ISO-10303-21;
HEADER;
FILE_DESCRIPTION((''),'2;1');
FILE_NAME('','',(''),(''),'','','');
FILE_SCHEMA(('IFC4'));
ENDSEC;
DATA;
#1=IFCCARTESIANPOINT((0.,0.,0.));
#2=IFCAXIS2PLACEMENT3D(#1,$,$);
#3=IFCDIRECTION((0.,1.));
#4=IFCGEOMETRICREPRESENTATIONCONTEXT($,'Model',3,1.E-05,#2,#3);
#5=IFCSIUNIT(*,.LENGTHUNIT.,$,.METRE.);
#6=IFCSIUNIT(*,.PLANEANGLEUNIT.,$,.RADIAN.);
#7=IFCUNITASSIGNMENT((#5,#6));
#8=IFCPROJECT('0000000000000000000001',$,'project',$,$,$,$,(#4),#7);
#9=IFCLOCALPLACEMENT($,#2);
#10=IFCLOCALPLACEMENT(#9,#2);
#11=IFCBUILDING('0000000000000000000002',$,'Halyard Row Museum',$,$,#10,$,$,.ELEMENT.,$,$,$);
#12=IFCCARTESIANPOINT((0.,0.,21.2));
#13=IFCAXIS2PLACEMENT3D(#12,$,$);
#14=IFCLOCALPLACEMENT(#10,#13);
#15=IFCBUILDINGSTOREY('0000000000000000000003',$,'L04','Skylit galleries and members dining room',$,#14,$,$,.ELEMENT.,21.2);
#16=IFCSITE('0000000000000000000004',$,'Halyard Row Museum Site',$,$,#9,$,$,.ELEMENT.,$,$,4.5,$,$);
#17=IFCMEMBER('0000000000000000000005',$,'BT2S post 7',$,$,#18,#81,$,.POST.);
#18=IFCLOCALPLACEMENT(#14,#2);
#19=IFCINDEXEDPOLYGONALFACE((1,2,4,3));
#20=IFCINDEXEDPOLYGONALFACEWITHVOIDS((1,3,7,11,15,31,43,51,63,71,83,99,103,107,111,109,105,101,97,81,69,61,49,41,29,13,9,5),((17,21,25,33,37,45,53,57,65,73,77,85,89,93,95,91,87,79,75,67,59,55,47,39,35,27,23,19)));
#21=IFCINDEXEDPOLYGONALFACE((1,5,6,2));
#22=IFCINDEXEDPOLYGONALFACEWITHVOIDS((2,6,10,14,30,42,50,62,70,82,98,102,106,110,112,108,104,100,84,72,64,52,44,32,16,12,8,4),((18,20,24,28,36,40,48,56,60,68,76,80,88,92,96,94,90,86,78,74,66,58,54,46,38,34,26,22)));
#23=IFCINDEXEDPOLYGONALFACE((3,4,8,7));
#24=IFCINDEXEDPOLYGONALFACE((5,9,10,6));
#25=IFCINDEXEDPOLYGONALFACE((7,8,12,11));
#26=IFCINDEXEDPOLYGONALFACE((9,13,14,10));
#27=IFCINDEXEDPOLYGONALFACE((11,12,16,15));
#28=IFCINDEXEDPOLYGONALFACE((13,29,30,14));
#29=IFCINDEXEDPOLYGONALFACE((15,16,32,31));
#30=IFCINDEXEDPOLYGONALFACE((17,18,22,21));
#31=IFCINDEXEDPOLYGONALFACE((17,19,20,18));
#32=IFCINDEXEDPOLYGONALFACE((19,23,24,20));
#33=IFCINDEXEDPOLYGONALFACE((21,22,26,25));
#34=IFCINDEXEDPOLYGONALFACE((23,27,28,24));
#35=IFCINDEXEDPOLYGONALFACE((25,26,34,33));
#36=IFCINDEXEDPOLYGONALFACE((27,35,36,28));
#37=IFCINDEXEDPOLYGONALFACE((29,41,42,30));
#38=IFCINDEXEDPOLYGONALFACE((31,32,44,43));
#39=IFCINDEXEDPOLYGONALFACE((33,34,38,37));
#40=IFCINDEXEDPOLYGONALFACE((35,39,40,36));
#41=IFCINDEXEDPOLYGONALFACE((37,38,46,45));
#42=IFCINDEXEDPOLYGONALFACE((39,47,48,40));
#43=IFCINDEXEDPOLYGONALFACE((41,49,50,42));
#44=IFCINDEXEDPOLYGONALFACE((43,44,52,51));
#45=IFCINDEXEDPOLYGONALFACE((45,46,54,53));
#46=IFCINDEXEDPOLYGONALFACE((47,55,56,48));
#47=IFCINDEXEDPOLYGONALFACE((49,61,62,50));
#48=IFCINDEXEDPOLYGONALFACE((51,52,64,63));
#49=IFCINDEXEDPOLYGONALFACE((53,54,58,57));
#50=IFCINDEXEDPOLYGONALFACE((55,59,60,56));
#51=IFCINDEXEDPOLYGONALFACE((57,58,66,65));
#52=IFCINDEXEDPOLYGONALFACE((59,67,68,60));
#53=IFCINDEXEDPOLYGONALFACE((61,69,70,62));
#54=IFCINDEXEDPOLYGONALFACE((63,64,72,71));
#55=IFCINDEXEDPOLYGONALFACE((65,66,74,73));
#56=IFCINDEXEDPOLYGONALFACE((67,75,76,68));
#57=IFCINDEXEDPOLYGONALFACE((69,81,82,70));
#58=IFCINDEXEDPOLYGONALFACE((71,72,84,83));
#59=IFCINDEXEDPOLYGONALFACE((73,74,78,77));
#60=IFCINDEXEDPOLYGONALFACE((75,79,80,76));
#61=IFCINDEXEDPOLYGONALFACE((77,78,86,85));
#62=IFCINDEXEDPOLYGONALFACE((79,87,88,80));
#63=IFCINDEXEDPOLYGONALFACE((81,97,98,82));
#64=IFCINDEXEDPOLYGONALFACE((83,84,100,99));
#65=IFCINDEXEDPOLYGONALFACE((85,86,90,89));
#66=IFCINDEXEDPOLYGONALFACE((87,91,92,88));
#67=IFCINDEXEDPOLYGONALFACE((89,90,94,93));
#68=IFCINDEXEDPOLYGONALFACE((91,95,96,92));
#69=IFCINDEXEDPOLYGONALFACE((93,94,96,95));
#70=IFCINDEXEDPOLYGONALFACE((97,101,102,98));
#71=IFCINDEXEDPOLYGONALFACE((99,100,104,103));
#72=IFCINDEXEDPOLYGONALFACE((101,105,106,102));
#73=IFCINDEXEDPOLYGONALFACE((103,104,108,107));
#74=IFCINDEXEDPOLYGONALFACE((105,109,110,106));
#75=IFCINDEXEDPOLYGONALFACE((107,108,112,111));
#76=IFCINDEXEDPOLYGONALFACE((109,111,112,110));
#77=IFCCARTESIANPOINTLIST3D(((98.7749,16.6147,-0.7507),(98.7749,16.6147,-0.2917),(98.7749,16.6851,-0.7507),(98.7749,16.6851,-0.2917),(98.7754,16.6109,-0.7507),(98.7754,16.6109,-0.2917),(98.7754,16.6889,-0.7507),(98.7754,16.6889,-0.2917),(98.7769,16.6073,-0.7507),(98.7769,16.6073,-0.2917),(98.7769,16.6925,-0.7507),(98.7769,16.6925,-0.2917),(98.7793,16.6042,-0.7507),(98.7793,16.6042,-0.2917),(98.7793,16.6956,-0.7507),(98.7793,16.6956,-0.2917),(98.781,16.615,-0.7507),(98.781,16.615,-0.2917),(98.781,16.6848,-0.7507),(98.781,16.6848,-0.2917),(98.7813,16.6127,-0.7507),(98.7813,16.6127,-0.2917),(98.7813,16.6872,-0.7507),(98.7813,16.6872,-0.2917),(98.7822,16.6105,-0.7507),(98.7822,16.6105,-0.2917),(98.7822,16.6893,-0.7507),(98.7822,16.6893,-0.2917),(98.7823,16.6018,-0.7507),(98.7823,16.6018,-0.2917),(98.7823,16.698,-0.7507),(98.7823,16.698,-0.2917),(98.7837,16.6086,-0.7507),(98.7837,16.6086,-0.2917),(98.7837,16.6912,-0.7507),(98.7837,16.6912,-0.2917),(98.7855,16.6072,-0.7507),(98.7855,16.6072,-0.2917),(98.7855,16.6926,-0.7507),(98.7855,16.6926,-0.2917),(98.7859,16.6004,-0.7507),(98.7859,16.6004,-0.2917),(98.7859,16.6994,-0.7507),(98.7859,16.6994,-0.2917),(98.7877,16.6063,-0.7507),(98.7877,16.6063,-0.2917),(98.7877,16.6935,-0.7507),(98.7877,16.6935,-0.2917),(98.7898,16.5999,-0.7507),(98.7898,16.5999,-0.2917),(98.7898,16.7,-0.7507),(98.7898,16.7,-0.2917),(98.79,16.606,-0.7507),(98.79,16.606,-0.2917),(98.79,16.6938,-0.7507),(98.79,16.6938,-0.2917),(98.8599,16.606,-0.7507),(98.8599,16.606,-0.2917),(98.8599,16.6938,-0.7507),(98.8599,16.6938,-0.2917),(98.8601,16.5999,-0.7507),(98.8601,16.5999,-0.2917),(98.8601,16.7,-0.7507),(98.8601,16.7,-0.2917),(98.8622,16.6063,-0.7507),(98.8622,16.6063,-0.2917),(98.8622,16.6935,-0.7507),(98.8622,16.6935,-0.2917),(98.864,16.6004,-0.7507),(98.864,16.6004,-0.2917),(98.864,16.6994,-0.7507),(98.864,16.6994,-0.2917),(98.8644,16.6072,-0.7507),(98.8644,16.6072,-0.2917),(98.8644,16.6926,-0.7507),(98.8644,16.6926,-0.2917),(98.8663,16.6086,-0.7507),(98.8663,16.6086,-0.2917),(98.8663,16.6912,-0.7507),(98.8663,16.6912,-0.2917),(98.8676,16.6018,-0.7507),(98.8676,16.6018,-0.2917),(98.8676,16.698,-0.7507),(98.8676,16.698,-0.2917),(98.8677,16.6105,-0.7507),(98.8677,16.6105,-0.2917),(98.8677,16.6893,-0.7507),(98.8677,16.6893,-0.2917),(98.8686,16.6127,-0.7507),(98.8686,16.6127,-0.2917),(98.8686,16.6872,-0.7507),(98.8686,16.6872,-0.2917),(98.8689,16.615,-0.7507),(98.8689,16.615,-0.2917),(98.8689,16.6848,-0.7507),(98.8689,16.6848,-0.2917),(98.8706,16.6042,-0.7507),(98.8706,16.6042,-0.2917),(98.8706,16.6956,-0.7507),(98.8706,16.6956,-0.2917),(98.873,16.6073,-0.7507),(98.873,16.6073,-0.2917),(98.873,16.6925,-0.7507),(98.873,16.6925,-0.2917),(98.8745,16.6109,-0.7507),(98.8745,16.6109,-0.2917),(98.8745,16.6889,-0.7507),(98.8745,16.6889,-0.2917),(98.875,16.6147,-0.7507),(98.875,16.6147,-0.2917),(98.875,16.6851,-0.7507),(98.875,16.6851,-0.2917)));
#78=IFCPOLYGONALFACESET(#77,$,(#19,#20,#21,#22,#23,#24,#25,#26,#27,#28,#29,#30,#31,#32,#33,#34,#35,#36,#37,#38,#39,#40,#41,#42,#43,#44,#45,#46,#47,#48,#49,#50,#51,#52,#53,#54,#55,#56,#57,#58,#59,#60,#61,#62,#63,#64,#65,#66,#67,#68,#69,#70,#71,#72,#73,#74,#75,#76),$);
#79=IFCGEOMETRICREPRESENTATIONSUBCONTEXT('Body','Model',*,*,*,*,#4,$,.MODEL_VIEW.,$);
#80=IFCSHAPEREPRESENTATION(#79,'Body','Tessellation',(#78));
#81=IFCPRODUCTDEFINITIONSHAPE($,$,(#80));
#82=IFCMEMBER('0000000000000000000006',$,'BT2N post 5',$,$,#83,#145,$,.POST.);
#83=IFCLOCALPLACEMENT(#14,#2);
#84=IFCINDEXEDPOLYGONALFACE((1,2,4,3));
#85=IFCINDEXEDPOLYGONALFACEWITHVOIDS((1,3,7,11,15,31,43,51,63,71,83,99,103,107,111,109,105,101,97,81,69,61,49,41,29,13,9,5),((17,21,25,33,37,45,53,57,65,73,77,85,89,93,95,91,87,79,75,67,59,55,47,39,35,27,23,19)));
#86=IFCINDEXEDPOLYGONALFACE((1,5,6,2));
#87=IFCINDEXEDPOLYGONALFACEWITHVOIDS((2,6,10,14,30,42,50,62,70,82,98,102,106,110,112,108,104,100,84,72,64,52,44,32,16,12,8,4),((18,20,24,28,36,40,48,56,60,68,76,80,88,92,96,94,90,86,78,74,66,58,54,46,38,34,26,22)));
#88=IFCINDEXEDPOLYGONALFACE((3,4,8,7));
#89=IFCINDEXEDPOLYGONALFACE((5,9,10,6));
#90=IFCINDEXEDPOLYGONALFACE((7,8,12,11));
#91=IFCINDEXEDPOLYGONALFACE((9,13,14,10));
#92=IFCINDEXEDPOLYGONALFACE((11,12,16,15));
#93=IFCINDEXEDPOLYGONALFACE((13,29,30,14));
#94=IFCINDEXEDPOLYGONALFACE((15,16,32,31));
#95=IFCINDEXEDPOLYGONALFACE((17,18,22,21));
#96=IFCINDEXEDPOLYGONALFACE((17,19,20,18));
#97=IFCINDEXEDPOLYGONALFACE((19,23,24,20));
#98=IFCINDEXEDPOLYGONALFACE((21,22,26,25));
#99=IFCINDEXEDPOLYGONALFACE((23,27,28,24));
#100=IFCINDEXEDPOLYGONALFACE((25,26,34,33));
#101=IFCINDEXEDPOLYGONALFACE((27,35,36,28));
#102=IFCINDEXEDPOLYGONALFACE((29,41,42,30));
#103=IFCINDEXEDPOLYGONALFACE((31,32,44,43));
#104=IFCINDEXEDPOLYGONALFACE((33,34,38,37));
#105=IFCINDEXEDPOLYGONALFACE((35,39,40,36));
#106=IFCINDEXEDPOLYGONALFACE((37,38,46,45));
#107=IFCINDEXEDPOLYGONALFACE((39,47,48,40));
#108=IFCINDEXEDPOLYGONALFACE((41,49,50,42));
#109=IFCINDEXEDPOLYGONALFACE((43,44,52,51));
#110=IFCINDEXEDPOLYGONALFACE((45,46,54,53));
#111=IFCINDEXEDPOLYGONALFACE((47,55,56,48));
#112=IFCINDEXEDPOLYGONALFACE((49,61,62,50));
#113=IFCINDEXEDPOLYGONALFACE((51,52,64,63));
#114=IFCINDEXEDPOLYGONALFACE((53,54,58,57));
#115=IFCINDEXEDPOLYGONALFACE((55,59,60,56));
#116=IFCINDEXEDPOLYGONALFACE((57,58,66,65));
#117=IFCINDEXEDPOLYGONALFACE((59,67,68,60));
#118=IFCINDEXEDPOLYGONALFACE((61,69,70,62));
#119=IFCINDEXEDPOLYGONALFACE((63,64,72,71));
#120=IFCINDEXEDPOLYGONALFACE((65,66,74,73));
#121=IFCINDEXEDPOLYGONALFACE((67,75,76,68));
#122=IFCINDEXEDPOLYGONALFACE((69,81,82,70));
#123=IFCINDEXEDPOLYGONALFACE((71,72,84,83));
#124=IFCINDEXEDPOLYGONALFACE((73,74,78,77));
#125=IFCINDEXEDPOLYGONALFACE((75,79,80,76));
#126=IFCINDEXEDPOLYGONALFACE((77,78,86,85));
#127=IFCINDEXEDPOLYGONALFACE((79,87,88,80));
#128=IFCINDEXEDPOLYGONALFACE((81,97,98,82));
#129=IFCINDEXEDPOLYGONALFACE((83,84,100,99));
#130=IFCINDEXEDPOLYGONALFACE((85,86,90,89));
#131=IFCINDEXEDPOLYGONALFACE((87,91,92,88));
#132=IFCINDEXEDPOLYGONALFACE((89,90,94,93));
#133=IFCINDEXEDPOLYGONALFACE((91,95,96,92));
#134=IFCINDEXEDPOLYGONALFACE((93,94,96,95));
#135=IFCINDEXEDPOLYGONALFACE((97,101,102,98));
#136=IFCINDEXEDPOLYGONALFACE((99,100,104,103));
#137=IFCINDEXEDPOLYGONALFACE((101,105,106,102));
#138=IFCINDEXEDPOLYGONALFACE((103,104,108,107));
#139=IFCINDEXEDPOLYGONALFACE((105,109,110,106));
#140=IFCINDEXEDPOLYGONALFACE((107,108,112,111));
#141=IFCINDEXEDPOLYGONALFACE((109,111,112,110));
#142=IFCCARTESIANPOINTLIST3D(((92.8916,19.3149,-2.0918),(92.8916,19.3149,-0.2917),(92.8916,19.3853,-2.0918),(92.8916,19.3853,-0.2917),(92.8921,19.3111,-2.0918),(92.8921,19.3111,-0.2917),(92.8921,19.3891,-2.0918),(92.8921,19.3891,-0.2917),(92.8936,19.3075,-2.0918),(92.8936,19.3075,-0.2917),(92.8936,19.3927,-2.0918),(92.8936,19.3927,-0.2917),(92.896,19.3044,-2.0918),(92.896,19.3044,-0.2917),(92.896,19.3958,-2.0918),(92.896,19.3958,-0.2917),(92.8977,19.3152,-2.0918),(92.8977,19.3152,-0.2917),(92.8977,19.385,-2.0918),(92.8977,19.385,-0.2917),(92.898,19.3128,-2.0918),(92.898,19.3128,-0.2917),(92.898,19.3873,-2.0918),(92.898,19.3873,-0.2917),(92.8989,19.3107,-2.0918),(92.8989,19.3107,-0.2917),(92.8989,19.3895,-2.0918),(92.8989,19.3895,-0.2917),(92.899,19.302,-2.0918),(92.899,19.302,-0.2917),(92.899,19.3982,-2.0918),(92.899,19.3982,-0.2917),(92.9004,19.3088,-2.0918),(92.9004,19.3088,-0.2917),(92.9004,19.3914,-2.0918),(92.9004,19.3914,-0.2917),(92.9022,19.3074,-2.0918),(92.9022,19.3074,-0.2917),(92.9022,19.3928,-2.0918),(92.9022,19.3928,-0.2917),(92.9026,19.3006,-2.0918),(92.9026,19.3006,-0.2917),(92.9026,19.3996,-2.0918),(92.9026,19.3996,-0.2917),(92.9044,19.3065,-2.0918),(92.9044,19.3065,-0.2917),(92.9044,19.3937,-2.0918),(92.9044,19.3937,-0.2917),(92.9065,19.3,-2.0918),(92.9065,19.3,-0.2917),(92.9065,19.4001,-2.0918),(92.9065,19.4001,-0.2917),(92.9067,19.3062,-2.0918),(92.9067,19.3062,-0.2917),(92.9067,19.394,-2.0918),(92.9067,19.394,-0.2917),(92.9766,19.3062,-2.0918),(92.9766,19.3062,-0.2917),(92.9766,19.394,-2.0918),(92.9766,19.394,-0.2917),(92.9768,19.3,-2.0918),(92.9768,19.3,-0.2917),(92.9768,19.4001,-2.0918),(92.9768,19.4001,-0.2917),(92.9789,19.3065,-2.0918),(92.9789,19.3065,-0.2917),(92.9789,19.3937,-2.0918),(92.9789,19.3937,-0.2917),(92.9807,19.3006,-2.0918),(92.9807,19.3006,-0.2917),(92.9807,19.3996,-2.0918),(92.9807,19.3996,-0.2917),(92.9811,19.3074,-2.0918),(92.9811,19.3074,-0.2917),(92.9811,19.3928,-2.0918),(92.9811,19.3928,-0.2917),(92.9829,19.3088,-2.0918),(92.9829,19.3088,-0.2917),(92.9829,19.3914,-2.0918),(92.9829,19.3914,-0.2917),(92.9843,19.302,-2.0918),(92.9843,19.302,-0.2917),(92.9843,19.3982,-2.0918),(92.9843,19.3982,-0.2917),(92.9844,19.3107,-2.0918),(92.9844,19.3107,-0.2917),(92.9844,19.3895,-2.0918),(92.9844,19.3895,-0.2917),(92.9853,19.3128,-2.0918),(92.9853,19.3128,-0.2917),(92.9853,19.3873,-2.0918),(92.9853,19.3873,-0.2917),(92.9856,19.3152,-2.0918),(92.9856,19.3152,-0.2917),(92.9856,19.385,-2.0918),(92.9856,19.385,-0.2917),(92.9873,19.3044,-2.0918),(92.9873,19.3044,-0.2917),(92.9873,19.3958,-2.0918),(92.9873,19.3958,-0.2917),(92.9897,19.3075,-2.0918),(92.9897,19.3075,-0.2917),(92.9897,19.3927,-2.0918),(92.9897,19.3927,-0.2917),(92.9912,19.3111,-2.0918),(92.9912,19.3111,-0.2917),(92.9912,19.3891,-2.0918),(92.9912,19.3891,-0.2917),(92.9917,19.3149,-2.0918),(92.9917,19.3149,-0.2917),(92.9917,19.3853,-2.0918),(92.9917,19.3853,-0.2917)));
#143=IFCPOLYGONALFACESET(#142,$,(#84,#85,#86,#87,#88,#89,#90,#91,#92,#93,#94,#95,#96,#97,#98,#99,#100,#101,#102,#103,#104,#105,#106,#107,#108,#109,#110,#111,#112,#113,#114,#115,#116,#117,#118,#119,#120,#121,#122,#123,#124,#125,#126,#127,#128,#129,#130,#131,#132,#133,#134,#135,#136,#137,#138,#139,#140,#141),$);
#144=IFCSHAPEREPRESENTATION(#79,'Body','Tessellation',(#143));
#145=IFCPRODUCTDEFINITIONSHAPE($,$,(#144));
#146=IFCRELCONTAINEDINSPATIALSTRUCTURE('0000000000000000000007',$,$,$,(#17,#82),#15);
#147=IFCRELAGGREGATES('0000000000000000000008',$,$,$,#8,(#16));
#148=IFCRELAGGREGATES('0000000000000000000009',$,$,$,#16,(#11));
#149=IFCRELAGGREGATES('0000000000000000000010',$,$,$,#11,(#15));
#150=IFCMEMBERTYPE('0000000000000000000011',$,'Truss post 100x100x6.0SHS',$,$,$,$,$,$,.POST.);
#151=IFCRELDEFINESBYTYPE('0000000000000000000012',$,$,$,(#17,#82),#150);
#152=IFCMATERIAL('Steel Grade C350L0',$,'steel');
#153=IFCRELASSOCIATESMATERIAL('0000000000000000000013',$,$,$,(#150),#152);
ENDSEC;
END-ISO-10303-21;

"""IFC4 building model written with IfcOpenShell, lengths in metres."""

from ifc_helpers import new_model, si_unit, direction, frame, origin, origin_2d, place, context, subcontext, project, spatial, hollow_rectangle, extrude, material, material_profile, profile_set, type_object, element, save


model = new_model("IFC4")

# Units and contexts
model_context = context("Model", 3, precision=1e-05, world=origin(), true_north=direction((0.0, 1.0)))
body_context = subcontext(model_context, "Body", "Model", "MODEL_VIEW")
ifc_project = project(units=[si_unit("LENGTHUNIT", "METRE"), si_unit("PLANEANGLEUNIT", "RADIAN")], contexts=[model_context])

# Site, building, storey
site_placement = place(None, origin())
site = spatial("IfcSite", under=ifc_project, at=site_placement, Name="Halyard Row Museum Site", CompositionType="ELEMENT", RefElevation=4.5)
building_placement = place(site_placement, origin())
building = spatial("IfcBuilding", under=site, at=building_placement, Name="Halyard Row Museum", CompositionType="ELEMENT")
storey_placement = place(building_placement, frame((0.0, 0.0, 21.2)))
storey = spatial("IfcBuildingStorey", under=building, at=storey_placement, Name="L04", Description="Skylit galleries and members dining room", CompositionType="ELEMENT", Elevation=21.2)

# Members
ifc_material_1 = material(Name="Steel Grade C350L0", Category="steel")
ifc_material_profile_1 = material_profile(ifc_material_1, hollow_rectangle(XDim=0.1001, YDim=0.1001, WallThickness=0.0061, InnerFilletRadius=0.009, OuterFilletRadius=0.0149, at=origin_2d()), Name="100x100x6.0SHS")
ifc_profile_set_1 = profile_set([ifc_material_profile_1], Name="Steel Grade C350L0")
member_type_1 = type_object("IfcMemberType", Name="Truss post 100x100x6.0SHS", PredefinedType="POST", material=ifc_profile_set_1)
member_1_placement = place(storey_placement, frame((98.825, 16.6499, -0.7507), z_axis=(0.0, 0.0, 1.0), x_axis=(1.0, 0.0, 0.0)))
element("IfcMember", 1, at=member_1_placement, inside=storey, type_object=member_type_1, Name="BT2S post 7", PredefinedType="POST", context=body_context, shape_type="SweptSolid", body=[
    extrude(hollow_rectangle(XDim=0.1001, YDim=0.1001, WallThickness=0.0061, InnerFilletRadius=0.009, OuterFilletRadius=0.0149, at=origin_2d()), origin(), (0.0, 0.0, 1.0), 0.459),
])
for number, where, z_axis, x_axis, name in (
    (2, (92.9417, 19.3501, -2.0918), (0.0, 0.0, 1.0), (1.0, 0.0, 0.0), "BT2N post 5"),
):
    element("IfcMember", number, at=place(storey_placement, frame(where, z_axis=z_axis, x_axis=x_axis)), inside=storey, type_object=member_type_1, Name=name, PredefinedType="POST", context=body_context, shape_type="SweptSolid", body=[
        extrude(hollow_rectangle(XDim=0.1001, YDim=0.1001, WallThickness=0.0061, InnerFilletRadius=0.009, OuterFilletRadius=0.0149, at=origin_2d()), origin(), (0.0, 0.0, 1.0), 1.8),
    ])

save(model, "model.ifc")
